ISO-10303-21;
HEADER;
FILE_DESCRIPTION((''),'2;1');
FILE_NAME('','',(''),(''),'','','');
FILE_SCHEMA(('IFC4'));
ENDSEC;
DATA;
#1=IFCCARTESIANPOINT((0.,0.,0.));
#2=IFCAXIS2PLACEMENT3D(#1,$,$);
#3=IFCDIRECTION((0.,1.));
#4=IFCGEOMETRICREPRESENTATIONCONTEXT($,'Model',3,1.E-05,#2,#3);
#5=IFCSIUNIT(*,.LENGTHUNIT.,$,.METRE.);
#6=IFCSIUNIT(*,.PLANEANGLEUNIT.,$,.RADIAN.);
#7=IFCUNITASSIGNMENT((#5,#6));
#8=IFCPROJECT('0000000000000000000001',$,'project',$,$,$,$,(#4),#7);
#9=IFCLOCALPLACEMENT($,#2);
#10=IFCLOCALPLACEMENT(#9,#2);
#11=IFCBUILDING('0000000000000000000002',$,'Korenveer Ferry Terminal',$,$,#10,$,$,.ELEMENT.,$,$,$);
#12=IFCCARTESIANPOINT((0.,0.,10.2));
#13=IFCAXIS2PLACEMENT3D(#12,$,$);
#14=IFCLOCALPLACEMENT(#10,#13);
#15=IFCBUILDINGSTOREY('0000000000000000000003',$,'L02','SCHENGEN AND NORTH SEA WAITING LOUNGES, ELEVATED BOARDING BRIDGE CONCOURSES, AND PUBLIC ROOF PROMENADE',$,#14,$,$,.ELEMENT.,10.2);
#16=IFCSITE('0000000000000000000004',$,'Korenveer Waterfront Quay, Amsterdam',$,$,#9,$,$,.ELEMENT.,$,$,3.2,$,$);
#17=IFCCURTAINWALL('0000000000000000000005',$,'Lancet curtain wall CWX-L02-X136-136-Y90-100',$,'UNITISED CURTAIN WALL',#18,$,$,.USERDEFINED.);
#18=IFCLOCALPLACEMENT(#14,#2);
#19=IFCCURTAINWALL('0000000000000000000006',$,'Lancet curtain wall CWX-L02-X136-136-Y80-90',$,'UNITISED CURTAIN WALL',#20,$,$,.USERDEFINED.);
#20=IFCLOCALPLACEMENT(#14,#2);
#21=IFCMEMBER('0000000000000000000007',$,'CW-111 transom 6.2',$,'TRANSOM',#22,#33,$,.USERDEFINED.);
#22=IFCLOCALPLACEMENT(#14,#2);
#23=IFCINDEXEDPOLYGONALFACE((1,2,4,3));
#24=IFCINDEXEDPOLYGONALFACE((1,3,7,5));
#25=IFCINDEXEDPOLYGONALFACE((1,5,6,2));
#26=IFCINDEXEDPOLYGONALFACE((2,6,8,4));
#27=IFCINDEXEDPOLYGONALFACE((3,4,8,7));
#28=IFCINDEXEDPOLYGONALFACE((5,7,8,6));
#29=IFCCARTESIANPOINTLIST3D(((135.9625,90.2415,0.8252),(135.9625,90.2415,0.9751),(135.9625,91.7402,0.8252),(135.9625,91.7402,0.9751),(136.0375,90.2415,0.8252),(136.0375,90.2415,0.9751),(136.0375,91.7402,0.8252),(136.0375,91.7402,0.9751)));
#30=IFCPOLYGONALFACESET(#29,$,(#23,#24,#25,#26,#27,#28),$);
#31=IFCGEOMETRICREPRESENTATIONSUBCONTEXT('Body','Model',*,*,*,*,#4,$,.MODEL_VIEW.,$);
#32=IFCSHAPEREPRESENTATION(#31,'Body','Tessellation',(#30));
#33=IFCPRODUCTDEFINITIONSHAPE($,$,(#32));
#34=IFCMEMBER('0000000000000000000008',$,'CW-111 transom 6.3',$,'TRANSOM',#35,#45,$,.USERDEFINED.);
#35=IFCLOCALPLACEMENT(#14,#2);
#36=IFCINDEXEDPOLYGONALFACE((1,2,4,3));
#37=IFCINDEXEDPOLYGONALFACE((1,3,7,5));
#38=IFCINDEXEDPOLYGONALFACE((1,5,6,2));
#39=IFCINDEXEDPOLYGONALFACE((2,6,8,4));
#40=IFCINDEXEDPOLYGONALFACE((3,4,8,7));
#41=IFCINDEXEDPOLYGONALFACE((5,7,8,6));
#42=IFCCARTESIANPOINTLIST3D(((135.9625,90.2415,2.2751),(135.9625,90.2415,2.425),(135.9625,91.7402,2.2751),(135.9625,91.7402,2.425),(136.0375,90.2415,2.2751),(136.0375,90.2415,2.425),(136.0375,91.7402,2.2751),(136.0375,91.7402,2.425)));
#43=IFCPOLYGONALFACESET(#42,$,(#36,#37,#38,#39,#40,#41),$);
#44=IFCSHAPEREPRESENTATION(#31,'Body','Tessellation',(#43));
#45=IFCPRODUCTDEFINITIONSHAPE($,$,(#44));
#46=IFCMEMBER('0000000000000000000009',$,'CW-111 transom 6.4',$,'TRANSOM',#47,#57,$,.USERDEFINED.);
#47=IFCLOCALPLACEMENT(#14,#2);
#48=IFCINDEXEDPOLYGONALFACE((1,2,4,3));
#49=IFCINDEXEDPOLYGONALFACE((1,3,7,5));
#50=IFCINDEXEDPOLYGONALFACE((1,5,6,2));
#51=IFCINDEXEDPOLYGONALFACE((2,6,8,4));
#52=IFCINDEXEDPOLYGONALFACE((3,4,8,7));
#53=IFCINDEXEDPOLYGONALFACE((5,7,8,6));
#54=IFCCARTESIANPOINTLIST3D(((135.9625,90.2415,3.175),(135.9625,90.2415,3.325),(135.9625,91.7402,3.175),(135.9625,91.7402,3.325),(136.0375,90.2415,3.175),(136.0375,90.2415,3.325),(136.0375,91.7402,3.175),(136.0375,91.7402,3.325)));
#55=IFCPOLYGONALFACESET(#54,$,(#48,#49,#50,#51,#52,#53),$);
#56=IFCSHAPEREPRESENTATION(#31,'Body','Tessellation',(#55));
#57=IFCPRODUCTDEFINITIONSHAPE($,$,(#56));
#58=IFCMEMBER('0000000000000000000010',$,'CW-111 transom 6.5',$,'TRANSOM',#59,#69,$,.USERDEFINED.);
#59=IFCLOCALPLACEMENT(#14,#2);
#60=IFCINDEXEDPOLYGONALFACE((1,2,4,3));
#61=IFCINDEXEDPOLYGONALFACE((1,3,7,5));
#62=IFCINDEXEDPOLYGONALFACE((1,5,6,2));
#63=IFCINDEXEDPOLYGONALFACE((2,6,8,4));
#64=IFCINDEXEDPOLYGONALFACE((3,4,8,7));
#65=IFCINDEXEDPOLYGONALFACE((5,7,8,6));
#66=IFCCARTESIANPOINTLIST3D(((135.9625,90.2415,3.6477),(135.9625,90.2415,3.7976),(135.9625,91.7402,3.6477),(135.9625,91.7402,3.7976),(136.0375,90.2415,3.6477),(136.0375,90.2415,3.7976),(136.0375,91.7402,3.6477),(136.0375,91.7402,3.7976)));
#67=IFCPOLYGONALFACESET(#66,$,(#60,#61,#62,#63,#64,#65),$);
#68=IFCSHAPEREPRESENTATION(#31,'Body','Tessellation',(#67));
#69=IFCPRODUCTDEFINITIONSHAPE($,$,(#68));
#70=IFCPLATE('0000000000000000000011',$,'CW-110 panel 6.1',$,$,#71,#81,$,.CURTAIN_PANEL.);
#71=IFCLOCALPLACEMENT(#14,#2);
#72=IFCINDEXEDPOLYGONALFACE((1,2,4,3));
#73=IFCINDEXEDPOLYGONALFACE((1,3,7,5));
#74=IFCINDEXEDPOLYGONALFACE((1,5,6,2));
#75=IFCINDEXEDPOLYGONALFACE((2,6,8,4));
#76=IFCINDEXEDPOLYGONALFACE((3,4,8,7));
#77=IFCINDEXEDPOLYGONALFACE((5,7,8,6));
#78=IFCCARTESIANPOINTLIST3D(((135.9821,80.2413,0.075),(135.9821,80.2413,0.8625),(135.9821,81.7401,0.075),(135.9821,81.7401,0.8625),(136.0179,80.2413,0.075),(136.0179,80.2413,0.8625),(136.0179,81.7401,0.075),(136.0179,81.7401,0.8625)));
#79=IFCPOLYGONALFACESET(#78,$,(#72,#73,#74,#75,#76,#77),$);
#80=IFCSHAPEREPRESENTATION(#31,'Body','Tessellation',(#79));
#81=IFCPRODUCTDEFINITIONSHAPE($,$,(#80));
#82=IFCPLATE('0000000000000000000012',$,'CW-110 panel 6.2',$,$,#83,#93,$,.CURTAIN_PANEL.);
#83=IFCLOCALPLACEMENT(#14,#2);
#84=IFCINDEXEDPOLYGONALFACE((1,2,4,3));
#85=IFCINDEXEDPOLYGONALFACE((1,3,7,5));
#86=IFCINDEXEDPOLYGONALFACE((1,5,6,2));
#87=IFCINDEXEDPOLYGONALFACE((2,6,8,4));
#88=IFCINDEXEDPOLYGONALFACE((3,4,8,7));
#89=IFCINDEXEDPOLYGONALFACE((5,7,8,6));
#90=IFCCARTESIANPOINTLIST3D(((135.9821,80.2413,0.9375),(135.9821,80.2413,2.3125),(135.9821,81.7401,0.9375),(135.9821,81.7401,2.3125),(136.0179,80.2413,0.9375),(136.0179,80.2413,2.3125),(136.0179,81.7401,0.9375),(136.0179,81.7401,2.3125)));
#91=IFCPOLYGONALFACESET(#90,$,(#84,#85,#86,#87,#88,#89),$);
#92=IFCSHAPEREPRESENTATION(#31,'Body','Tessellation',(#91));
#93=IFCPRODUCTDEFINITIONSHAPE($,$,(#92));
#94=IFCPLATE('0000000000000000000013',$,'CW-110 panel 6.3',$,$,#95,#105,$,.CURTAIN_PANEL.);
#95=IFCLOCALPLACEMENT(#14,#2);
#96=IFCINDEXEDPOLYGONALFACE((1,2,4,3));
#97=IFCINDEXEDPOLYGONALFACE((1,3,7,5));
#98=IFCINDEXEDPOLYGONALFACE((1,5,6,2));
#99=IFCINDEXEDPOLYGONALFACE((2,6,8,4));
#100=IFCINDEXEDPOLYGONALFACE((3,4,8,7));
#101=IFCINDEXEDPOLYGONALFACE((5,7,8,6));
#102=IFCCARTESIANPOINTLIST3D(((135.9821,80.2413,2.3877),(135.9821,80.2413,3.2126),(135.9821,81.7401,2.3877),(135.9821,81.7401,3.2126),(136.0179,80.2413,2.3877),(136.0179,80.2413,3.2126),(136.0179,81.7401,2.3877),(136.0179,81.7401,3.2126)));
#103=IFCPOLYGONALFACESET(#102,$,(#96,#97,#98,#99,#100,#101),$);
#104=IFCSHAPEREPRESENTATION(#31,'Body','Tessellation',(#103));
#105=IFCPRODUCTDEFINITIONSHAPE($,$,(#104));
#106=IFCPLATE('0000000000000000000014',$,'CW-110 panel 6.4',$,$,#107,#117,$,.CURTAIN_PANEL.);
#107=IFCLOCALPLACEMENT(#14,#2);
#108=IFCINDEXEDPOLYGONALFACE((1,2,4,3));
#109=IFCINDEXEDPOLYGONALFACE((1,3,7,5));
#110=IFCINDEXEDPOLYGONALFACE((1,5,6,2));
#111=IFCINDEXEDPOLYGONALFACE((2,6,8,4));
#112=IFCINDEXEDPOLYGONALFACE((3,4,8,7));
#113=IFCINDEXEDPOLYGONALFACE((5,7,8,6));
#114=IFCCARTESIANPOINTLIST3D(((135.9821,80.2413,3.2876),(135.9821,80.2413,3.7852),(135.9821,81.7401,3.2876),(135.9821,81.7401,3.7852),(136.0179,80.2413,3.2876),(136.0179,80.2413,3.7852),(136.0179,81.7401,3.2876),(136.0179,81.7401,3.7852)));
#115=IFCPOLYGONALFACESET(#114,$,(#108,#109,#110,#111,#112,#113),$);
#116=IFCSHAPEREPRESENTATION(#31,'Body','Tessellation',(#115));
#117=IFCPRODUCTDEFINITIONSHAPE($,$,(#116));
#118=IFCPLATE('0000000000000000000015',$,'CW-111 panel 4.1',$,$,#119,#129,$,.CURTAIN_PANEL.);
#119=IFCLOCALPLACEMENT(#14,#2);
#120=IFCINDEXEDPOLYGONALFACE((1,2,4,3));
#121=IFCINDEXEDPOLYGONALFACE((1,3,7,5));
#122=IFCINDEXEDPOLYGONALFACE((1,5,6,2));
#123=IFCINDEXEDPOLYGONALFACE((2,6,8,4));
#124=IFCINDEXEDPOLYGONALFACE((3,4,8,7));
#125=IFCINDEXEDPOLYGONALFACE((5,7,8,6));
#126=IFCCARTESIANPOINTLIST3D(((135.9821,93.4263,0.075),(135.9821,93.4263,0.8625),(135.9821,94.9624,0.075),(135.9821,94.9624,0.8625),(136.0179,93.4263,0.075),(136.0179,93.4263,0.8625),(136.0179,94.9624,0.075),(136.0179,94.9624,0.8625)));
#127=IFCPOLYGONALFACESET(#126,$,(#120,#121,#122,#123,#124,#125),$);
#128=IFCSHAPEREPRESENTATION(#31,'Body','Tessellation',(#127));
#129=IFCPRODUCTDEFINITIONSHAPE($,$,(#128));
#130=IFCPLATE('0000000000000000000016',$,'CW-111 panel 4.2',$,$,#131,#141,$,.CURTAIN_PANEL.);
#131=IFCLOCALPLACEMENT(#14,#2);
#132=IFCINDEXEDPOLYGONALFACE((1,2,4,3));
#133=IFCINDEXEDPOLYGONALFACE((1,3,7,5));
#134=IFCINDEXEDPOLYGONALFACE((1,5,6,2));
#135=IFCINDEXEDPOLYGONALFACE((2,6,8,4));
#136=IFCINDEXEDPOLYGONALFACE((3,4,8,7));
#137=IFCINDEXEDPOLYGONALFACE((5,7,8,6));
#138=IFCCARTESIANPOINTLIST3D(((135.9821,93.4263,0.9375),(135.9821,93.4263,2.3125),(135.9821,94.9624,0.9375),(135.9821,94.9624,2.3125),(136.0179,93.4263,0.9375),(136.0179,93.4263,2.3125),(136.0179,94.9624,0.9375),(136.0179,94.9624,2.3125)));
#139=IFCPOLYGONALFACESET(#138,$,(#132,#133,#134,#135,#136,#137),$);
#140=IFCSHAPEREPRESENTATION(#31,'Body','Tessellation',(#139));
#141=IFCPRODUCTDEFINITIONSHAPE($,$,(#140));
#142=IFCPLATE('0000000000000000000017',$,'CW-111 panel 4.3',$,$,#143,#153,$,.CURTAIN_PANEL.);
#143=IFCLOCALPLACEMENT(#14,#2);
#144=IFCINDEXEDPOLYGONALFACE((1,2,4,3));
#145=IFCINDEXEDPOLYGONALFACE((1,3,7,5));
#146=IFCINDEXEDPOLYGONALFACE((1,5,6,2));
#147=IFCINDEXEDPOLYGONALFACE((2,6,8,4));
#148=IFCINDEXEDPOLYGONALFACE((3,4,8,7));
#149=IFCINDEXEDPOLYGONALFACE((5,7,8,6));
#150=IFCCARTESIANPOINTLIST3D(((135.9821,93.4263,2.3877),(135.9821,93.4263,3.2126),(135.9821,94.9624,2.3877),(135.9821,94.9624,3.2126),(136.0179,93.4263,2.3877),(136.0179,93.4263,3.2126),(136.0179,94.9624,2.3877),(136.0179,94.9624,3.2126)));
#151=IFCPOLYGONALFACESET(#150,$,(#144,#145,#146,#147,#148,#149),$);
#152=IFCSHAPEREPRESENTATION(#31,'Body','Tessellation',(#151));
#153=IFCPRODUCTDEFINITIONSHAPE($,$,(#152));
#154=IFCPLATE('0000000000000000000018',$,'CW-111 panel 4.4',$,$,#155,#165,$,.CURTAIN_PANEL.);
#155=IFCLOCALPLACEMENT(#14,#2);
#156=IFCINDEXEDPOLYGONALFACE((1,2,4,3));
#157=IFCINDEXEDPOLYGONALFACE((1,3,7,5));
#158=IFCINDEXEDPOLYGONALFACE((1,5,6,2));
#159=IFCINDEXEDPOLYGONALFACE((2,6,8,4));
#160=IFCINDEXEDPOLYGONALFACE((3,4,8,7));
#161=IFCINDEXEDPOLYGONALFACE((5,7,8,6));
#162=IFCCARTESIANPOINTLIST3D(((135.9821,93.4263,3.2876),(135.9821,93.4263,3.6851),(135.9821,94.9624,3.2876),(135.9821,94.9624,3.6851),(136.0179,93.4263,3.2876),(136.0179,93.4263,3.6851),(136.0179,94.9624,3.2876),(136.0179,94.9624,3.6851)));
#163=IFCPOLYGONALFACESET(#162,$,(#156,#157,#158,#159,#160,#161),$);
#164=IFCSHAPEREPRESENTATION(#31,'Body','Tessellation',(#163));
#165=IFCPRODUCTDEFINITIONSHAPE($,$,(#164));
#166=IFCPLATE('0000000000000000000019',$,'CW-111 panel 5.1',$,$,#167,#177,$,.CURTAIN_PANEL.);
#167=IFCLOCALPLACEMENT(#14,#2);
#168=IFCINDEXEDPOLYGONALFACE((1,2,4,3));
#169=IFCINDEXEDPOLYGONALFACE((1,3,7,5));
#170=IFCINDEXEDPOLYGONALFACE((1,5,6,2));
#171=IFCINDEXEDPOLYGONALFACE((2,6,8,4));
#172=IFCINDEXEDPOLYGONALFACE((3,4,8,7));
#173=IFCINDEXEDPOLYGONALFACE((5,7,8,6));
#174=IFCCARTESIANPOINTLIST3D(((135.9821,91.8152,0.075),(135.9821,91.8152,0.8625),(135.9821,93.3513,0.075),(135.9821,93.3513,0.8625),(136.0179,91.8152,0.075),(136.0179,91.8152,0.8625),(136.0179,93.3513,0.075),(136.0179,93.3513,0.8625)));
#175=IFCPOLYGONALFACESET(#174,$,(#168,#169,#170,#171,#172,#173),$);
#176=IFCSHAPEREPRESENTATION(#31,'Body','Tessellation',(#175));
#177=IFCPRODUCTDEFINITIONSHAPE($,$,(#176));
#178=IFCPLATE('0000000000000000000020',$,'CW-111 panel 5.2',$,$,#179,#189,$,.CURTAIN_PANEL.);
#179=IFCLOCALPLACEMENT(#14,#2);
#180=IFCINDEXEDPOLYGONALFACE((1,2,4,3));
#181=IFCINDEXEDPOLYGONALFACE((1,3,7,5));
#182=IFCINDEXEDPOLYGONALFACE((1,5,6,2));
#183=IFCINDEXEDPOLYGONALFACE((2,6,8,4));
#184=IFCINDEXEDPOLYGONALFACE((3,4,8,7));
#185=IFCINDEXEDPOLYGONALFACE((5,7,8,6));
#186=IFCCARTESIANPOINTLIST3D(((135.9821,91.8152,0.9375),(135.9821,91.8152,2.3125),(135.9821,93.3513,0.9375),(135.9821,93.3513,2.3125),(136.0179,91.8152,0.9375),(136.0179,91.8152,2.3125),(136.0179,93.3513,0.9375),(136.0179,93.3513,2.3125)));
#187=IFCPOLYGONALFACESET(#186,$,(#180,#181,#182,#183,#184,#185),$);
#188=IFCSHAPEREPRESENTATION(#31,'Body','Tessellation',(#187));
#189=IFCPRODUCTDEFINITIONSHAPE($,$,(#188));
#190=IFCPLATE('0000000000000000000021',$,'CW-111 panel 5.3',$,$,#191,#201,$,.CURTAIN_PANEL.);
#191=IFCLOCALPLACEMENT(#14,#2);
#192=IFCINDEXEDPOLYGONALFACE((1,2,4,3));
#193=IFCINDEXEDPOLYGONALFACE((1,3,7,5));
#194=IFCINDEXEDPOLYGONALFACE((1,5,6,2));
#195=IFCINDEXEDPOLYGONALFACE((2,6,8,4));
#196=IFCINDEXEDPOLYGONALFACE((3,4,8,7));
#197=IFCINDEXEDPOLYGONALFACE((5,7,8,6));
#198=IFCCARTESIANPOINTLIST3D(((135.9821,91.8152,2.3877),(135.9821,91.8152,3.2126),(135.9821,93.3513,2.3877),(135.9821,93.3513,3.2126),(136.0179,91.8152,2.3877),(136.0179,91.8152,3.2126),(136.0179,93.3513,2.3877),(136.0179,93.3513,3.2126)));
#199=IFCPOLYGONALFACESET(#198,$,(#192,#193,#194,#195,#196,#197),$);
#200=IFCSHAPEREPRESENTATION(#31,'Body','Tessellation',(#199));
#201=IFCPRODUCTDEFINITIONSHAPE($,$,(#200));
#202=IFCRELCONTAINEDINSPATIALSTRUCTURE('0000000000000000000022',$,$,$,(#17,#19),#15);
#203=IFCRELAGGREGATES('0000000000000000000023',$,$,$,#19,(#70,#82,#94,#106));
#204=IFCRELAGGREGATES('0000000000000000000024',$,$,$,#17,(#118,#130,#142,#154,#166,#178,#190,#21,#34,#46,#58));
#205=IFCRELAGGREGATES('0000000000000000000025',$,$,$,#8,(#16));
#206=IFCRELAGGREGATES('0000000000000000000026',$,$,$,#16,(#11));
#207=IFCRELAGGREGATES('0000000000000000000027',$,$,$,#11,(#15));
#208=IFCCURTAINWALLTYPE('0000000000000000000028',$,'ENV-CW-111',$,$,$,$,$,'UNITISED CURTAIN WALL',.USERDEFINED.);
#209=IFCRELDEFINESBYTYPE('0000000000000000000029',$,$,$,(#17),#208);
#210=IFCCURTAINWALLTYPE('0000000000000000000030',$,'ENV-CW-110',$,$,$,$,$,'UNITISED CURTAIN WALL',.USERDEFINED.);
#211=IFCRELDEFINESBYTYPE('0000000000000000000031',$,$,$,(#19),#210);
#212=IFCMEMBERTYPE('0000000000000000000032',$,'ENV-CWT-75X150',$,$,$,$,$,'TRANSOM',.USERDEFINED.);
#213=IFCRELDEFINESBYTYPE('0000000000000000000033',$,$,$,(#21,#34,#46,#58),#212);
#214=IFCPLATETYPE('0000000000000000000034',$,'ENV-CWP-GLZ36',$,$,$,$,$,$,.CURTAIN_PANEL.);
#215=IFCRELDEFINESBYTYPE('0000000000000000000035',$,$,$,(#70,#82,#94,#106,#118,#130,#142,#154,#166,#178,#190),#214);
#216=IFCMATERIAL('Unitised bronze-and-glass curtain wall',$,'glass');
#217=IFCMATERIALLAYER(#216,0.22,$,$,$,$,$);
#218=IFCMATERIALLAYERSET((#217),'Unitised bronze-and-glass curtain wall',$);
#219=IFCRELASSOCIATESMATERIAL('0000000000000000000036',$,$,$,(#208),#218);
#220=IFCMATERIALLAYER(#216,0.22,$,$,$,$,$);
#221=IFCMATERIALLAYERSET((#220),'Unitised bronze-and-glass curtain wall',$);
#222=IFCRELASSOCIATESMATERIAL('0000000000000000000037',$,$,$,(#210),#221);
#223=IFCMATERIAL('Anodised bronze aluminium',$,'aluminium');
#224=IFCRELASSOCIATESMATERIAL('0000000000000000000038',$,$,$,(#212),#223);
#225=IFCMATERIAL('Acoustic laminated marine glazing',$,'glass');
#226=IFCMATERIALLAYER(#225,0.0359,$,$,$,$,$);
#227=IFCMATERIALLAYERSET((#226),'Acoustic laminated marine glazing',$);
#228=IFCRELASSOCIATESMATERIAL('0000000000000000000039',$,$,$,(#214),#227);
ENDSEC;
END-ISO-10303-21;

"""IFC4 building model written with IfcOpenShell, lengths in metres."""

from ifc_helpers import new_model, si_unit, direction, frame, origin, origin_2d, place, context, subcontext, project, spatial, rectangle, extrude, material, layer, layer_set, material_profile, profile_set, type_object, element, aggregate, save


model = new_model("IFC4")

# Units and contexts
model_context = context("Model", 3, precision=1e-05, world=origin(), true_north=direction((0.0, 1.0)))
body_context = subcontext(model_context, "Body", "Model", "MODEL_VIEW")
ifc_project = project(units=[si_unit("LENGTHUNIT", "METRE"), si_unit("PLANEANGLEUNIT", "RADIAN")], contexts=[model_context])

# Site, building, storey
site_placement = place(None, origin())
site = spatial("IfcSite", under=ifc_project, at=site_placement, Name="Korenveer Waterfront Quay, Amsterdam", CompositionType="ELEMENT", RefElevation=3.2)
building_placement = place(site_placement, origin())
building = spatial("IfcBuilding", under=site, at=building_placement, Name="Korenveer Ferry Terminal", CompositionType="ELEMENT")
storey_placement = place(building_placement, frame((0.0, 0.0, 10.2)))
storey = spatial("IfcBuildingStorey", under=building, at=storey_placement, Name="L02", Description="SCHENGEN AND NORTH SEA WAITING LOUNGES, ELEVATED BOARDING BRIDGE CONCOURSES, AND PUBLIC ROOF PROMENADE", CompositionType="ELEMENT", Elevation=10.2)

# Curtain wall
ifc_material_1 = material(Name="Unitised bronze-and-glass curtain wall", Category="glass")
ifc_layer_1 = layer(ifc_material_1, 0.22)
ifc_layer_set_1 = layer_set([ifc_layer_1], Name="Unitised bronze-and-glass curtain wall")
curtain_wall_type_1 = type_object("IfcCurtainWallType", Name="ENV-CW-111", ElementType="UNITISED CURTAIN WALL", PredefinedType="USERDEFINED", material=ifc_layer_set_1)
curtain_wall_1_placement = place(storey_placement, frame((136.0, 99.8335, 0.0)))
curtain_wall_1 = element("IfcCurtainWall", 1, at=curtain_wall_1_placement, inside=storey, type_object=curtain_wall_type_1, Name="Lancet curtain wall CWX-L02-X136-136-Y90-100", ObjectType="UNITISED CURTAIN WALL", PredefinedType="USERDEFINED")
ifc_material_2 = material(Name="Anodised bronze aluminium", Category="aluminium")

# Curtain wall
ifc_layer_2 = layer(ifc_material_1, 0.22)
ifc_layer_set_2 = layer_set([ifc_layer_2], Name="Unitised bronze-and-glass curtain wall")
curtain_wall_type_2 = type_object("IfcCurtainWallType", Name="ENV-CW-110", ElementType="UNITISED CURTAIN WALL", PredefinedType="USERDEFINED", material=ifc_layer_set_2)
curtain_wall_2_placement = place(storey_placement, frame((136.0, 89.8335, 0.0)))
curtain_wall_2 = element("IfcCurtainWall", 2, at=curtain_wall_2_placement, inside=storey, type_object=curtain_wall_type_2, Name="Lancet curtain wall CWX-L02-X136-136-Y80-90", ObjectType="UNITISED CURTAIN WALL", PredefinedType="USERDEFINED")
ifc_material_profile_1 = material_profile(ifc_material_2, rectangle(XDim=0.075, YDim=0.1499, at=origin_2d()), Name="ALU 75x150")
ifc_profile_set_1 = profile_set([ifc_material_profile_1], Name="Anodised bronze aluminium")
member_type_1 = type_object("IfcMemberType", Name="ENV-CWT-75X150", ElementType="TRANSOM", PredefinedType="USERDEFINED", material=ifc_profile_set_1)

# Members
member_1_placement = place(storey_placement, frame((136.0, 91.7402, 0.9001), z_axis=(0.0, -1.0, 0.0), x_axis=(1.0, 0.0, 0.0)))
member_1 = element("IfcMember", 3, at=member_1_placement, type_object=member_type_1, Name="CW-111 transom 6.2", ObjectType="TRANSOM", PredefinedType="USERDEFINED", context=body_context, shape_type="SweptSolid", body=[
    extrude(rectangle(XDim=0.075, YDim=0.1499, at=origin_2d()), origin(), (0.0, 0.0, 1.0), 1.4988),
])
member_2_placement = place(storey_placement, frame((136.0, 91.7402, 2.3501), z_axis=(0.0, -1.0, 0.0), x_axis=(1.0, 0.0, 0.0)))
member_2 = element("IfcMember", 4, at=member_2_placement, type_object=member_type_1, Name="CW-111 transom 6.3", ObjectType="TRANSOM", PredefinedType="USERDEFINED", context=body_context, shape_type="SweptSolid", body=[
    extrude(rectangle(XDim=0.075, YDim=0.1499, at=origin_2d()), origin(), (0.0, 0.0, 1.0), 1.4988),
])
member_3_placement = place(storey_placement, frame((136.0, 91.7402, 3.25), z_axis=(0.0, -1.0, 0.0), x_axis=(1.0, 0.0, 0.0)))
member_3 = element("IfcMember", 5, at=member_3_placement, type_object=member_type_1, Name="CW-111 transom 6.4", ObjectType="TRANSOM", PredefinedType="USERDEFINED", context=body_context, shape_type="SweptSolid", body=[
    extrude(rectangle(XDim=0.075, YDim=0.1499, at=origin_2d()), origin(), (0.0, 0.0, 1.0), 1.4988),
])
member_4_placement = place(storey_placement, frame((136.0, 91.7402, 3.7227), z_axis=(0.0, -1.0, 0.0), x_axis=(1.0, 0.0, 0.0)))
member_4 = element("IfcMember", 6, at=member_4_placement, type_object=member_type_1, Name="CW-111 transom 6.5", ObjectType="TRANSOM", PredefinedType="USERDEFINED", context=body_context, shape_type="SweptSolid", body=[
    extrude(rectangle(XDim=0.075, YDim=0.1499, at=origin_2d()), origin(), (0.0, 0.0, 1.0), 1.4988),
])

# Plates
ifc_material_3 = material(Name="Acoustic laminated marine glazing", Category="glass")
ifc_layer_3 = layer(ifc_material_3, 0.0359)
ifc_layer_set_3 = layer_set([ifc_layer_3], Name="Acoustic laminated marine glazing")
plate_type = type_object("IfcPlateType", Name="ENV-CWP-GLZ36", PredefinedType="CURTAIN_PANEL", material=ifc_layer_set_3)
plate_1_placement = place(storey_placement, frame((136.0, 80.9907, 0.075), z_axis=(0.0, 0.0, 1.0), x_axis=(0.0, -1.0, 0.0)))
plate_1 = element("IfcPlate", 7, at=plate_1_placement, type_object=plate_type, Name="CW-110 panel 6.1", PredefinedType="CURTAIN_PANEL", context=body_context, shape_type="SweptSolid", body=[
    extrude(rectangle(XDim=1.4988, YDim=0.0359, at=origin_2d()), origin(), (0.0, 0.0, 1.0), 0.7876),
])
plate_2_placement = place(storey_placement, frame((136.0, 80.9907, 0.9375), z_axis=(0.0, 0.0, 1.0), x_axis=(0.0, -1.0, 0.0)))
plate_2 = element("IfcPlate", 8, at=plate_2_placement, type_object=plate_type, Name="CW-110 panel 6.2", PredefinedType="CURTAIN_PANEL", context=body_context, shape_type="SweptSolid", body=[
    extrude(rectangle(XDim=1.4988, YDim=0.0359, at=origin_2d()), origin(), (0.0, 0.0, 1.0), 1.375),
])
plate_3_placement = place(storey_placement, frame((136.0, 80.9907, 2.3877), z_axis=(0.0, 0.0, 1.0), x_axis=(0.0, -1.0, 0.0)))
plate_3 = element("IfcPlate", 9, at=plate_3_placement, type_object=plate_type, Name="CW-110 panel 6.3", PredefinedType="CURTAIN_PANEL", context=body_context, shape_type="SweptSolid", body=[
    extrude(rectangle(XDim=1.4988, YDim=0.0359, at=origin_2d()), origin(), (0.0, 0.0, 1.0), 0.825),
])
plate_4_placement = place(storey_placement, frame((136.0, 80.9907, 3.2876), z_axis=(0.0, 0.0, 1.0), x_axis=(0.0, -1.0, 0.0)))
plate_4 = element("IfcPlate", 10, at=plate_4_placement, type_object=plate_type, Name="CW-110 panel 6.4", PredefinedType="CURTAIN_PANEL", context=body_context, shape_type="SweptSolid", body=[
    extrude(rectangle(XDim=1.4988, YDim=0.0359, at=origin_2d()), origin(), (0.0, 0.0, 1.0), 0.4976),
])
aggregate(curtain_wall_2, [plate_1, plate_2, plate_3, plate_4])
plate_5_placement = place(storey_placement, frame((136.0, 94.1943, 0.075), z_axis=(0.0, 0.0, 1.0), x_axis=(0.0, -1.0, 0.0)))
plate_5 = element("IfcPlate", 11, at=plate_5_placement, type_object=plate_type, Name="CW-111 panel 4.1", PredefinedType="CURTAIN_PANEL", context=body_context, shape_type="SweptSolid", body=[
    extrude(rectangle(XDim=1.5361, YDim=0.0359, at=origin_2d()), origin(), (0.0, 0.0, 1.0), 0.7876),
])
plate_6_placement = place(storey_placement, frame((136.0, 94.1943, 0.9375), z_axis=(0.0, 0.0, 1.0), x_axis=(0.0, -1.0, 0.0)))
plate_6 = element("IfcPlate", 12, at=plate_6_placement, type_object=plate_type, Name="CW-111 panel 4.2", PredefinedType="CURTAIN_PANEL", context=body_context, shape_type="SweptSolid", body=[
    extrude(rectangle(XDim=1.5361, YDim=0.0359, at=origin_2d()), origin(), (0.0, 0.0, 1.0), 1.375),
])
plate_7_placement = place(storey_placement, frame((136.0, 94.1943, 2.3877), z_axis=(0.0, 0.0, 1.0), x_axis=(0.0, -1.0, 0.0)))
plate_7 = element("IfcPlate", 13, at=plate_7_placement, type_object=plate_type, Name="CW-111 panel 4.3", PredefinedType="CURTAIN_PANEL", context=body_context, shape_type="SweptSolid", body=[
    extrude(rectangle(XDim=1.5361, YDim=0.0359, at=origin_2d()), origin(), (0.0, 0.0, 1.0), 0.825),
])
plate_8_placement = place(storey_placement, frame((136.0, 94.1943, 3.2876), z_axis=(0.0, 0.0, 1.0), x_axis=(0.0, -1.0, 0.0)))
plate_8 = element("IfcPlate", 14, at=plate_8_placement, type_object=plate_type, Name="CW-111 panel 4.4", PredefinedType="CURTAIN_PANEL", context=body_context, shape_type="SweptSolid", body=[
    extrude(rectangle(XDim=1.5361, YDim=0.0359, at=origin_2d()), origin(), (0.0, 0.0, 1.0), 0.3975),
])
plate_9_placement = place(storey_placement, frame((136.0, 92.5833, 0.075), z_axis=(0.0, 0.0, 1.0), x_axis=(0.0, -1.0, 0.0)))
plate_9 = element("IfcPlate", 15, at=plate_9_placement, type_object=plate_type, Name="CW-111 panel 5.1", PredefinedType="CURTAIN_PANEL", context=body_context, shape_type="SweptSolid", body=[
    extrude(rectangle(XDim=1.5361, YDim=0.0359, at=origin_2d()), origin(), (0.0, 0.0, 1.0), 0.7876),
])
plate_10_placement = place(storey_placement, frame((136.0, 92.5833, 0.9375), z_axis=(0.0, 0.0, 1.0), x_axis=(0.0, -1.0, 0.0)))
plate_10 = element("IfcPlate", 16, at=plate_10_placement, type_object=plate_type, Name="CW-111 panel 5.2", PredefinedType="CURTAIN_PANEL", context=body_context, shape_type="SweptSolid", body=[
    extrude(rectangle(XDim=1.5361, YDim=0.0359, at=origin_2d()), origin(), (0.0, 0.0, 1.0), 1.375),
])
plate_11_placement = place(storey_placement, frame((136.0, 92.5833, 2.3877), z_axis=(0.0, 0.0, 1.0), x_axis=(0.0, -1.0, 0.0)))
plate_11 = element("IfcPlate", 17, at=plate_11_placement, type_object=plate_type, Name="CW-111 panel 5.3", PredefinedType="CURTAIN_PANEL", context=body_context, shape_type="SweptSolid", body=[
    extrude(rectangle(XDim=1.5361, YDim=0.0359, at=origin_2d()), origin(), (0.0, 0.0, 1.0), 0.825),
])
aggregate(curtain_wall_1, [plate_5, plate_6, plate_7, plate_8, plate_9, plate_10, plate_11, member_1, member_2, member_3, member_4])

save(model, "model.ifc")
